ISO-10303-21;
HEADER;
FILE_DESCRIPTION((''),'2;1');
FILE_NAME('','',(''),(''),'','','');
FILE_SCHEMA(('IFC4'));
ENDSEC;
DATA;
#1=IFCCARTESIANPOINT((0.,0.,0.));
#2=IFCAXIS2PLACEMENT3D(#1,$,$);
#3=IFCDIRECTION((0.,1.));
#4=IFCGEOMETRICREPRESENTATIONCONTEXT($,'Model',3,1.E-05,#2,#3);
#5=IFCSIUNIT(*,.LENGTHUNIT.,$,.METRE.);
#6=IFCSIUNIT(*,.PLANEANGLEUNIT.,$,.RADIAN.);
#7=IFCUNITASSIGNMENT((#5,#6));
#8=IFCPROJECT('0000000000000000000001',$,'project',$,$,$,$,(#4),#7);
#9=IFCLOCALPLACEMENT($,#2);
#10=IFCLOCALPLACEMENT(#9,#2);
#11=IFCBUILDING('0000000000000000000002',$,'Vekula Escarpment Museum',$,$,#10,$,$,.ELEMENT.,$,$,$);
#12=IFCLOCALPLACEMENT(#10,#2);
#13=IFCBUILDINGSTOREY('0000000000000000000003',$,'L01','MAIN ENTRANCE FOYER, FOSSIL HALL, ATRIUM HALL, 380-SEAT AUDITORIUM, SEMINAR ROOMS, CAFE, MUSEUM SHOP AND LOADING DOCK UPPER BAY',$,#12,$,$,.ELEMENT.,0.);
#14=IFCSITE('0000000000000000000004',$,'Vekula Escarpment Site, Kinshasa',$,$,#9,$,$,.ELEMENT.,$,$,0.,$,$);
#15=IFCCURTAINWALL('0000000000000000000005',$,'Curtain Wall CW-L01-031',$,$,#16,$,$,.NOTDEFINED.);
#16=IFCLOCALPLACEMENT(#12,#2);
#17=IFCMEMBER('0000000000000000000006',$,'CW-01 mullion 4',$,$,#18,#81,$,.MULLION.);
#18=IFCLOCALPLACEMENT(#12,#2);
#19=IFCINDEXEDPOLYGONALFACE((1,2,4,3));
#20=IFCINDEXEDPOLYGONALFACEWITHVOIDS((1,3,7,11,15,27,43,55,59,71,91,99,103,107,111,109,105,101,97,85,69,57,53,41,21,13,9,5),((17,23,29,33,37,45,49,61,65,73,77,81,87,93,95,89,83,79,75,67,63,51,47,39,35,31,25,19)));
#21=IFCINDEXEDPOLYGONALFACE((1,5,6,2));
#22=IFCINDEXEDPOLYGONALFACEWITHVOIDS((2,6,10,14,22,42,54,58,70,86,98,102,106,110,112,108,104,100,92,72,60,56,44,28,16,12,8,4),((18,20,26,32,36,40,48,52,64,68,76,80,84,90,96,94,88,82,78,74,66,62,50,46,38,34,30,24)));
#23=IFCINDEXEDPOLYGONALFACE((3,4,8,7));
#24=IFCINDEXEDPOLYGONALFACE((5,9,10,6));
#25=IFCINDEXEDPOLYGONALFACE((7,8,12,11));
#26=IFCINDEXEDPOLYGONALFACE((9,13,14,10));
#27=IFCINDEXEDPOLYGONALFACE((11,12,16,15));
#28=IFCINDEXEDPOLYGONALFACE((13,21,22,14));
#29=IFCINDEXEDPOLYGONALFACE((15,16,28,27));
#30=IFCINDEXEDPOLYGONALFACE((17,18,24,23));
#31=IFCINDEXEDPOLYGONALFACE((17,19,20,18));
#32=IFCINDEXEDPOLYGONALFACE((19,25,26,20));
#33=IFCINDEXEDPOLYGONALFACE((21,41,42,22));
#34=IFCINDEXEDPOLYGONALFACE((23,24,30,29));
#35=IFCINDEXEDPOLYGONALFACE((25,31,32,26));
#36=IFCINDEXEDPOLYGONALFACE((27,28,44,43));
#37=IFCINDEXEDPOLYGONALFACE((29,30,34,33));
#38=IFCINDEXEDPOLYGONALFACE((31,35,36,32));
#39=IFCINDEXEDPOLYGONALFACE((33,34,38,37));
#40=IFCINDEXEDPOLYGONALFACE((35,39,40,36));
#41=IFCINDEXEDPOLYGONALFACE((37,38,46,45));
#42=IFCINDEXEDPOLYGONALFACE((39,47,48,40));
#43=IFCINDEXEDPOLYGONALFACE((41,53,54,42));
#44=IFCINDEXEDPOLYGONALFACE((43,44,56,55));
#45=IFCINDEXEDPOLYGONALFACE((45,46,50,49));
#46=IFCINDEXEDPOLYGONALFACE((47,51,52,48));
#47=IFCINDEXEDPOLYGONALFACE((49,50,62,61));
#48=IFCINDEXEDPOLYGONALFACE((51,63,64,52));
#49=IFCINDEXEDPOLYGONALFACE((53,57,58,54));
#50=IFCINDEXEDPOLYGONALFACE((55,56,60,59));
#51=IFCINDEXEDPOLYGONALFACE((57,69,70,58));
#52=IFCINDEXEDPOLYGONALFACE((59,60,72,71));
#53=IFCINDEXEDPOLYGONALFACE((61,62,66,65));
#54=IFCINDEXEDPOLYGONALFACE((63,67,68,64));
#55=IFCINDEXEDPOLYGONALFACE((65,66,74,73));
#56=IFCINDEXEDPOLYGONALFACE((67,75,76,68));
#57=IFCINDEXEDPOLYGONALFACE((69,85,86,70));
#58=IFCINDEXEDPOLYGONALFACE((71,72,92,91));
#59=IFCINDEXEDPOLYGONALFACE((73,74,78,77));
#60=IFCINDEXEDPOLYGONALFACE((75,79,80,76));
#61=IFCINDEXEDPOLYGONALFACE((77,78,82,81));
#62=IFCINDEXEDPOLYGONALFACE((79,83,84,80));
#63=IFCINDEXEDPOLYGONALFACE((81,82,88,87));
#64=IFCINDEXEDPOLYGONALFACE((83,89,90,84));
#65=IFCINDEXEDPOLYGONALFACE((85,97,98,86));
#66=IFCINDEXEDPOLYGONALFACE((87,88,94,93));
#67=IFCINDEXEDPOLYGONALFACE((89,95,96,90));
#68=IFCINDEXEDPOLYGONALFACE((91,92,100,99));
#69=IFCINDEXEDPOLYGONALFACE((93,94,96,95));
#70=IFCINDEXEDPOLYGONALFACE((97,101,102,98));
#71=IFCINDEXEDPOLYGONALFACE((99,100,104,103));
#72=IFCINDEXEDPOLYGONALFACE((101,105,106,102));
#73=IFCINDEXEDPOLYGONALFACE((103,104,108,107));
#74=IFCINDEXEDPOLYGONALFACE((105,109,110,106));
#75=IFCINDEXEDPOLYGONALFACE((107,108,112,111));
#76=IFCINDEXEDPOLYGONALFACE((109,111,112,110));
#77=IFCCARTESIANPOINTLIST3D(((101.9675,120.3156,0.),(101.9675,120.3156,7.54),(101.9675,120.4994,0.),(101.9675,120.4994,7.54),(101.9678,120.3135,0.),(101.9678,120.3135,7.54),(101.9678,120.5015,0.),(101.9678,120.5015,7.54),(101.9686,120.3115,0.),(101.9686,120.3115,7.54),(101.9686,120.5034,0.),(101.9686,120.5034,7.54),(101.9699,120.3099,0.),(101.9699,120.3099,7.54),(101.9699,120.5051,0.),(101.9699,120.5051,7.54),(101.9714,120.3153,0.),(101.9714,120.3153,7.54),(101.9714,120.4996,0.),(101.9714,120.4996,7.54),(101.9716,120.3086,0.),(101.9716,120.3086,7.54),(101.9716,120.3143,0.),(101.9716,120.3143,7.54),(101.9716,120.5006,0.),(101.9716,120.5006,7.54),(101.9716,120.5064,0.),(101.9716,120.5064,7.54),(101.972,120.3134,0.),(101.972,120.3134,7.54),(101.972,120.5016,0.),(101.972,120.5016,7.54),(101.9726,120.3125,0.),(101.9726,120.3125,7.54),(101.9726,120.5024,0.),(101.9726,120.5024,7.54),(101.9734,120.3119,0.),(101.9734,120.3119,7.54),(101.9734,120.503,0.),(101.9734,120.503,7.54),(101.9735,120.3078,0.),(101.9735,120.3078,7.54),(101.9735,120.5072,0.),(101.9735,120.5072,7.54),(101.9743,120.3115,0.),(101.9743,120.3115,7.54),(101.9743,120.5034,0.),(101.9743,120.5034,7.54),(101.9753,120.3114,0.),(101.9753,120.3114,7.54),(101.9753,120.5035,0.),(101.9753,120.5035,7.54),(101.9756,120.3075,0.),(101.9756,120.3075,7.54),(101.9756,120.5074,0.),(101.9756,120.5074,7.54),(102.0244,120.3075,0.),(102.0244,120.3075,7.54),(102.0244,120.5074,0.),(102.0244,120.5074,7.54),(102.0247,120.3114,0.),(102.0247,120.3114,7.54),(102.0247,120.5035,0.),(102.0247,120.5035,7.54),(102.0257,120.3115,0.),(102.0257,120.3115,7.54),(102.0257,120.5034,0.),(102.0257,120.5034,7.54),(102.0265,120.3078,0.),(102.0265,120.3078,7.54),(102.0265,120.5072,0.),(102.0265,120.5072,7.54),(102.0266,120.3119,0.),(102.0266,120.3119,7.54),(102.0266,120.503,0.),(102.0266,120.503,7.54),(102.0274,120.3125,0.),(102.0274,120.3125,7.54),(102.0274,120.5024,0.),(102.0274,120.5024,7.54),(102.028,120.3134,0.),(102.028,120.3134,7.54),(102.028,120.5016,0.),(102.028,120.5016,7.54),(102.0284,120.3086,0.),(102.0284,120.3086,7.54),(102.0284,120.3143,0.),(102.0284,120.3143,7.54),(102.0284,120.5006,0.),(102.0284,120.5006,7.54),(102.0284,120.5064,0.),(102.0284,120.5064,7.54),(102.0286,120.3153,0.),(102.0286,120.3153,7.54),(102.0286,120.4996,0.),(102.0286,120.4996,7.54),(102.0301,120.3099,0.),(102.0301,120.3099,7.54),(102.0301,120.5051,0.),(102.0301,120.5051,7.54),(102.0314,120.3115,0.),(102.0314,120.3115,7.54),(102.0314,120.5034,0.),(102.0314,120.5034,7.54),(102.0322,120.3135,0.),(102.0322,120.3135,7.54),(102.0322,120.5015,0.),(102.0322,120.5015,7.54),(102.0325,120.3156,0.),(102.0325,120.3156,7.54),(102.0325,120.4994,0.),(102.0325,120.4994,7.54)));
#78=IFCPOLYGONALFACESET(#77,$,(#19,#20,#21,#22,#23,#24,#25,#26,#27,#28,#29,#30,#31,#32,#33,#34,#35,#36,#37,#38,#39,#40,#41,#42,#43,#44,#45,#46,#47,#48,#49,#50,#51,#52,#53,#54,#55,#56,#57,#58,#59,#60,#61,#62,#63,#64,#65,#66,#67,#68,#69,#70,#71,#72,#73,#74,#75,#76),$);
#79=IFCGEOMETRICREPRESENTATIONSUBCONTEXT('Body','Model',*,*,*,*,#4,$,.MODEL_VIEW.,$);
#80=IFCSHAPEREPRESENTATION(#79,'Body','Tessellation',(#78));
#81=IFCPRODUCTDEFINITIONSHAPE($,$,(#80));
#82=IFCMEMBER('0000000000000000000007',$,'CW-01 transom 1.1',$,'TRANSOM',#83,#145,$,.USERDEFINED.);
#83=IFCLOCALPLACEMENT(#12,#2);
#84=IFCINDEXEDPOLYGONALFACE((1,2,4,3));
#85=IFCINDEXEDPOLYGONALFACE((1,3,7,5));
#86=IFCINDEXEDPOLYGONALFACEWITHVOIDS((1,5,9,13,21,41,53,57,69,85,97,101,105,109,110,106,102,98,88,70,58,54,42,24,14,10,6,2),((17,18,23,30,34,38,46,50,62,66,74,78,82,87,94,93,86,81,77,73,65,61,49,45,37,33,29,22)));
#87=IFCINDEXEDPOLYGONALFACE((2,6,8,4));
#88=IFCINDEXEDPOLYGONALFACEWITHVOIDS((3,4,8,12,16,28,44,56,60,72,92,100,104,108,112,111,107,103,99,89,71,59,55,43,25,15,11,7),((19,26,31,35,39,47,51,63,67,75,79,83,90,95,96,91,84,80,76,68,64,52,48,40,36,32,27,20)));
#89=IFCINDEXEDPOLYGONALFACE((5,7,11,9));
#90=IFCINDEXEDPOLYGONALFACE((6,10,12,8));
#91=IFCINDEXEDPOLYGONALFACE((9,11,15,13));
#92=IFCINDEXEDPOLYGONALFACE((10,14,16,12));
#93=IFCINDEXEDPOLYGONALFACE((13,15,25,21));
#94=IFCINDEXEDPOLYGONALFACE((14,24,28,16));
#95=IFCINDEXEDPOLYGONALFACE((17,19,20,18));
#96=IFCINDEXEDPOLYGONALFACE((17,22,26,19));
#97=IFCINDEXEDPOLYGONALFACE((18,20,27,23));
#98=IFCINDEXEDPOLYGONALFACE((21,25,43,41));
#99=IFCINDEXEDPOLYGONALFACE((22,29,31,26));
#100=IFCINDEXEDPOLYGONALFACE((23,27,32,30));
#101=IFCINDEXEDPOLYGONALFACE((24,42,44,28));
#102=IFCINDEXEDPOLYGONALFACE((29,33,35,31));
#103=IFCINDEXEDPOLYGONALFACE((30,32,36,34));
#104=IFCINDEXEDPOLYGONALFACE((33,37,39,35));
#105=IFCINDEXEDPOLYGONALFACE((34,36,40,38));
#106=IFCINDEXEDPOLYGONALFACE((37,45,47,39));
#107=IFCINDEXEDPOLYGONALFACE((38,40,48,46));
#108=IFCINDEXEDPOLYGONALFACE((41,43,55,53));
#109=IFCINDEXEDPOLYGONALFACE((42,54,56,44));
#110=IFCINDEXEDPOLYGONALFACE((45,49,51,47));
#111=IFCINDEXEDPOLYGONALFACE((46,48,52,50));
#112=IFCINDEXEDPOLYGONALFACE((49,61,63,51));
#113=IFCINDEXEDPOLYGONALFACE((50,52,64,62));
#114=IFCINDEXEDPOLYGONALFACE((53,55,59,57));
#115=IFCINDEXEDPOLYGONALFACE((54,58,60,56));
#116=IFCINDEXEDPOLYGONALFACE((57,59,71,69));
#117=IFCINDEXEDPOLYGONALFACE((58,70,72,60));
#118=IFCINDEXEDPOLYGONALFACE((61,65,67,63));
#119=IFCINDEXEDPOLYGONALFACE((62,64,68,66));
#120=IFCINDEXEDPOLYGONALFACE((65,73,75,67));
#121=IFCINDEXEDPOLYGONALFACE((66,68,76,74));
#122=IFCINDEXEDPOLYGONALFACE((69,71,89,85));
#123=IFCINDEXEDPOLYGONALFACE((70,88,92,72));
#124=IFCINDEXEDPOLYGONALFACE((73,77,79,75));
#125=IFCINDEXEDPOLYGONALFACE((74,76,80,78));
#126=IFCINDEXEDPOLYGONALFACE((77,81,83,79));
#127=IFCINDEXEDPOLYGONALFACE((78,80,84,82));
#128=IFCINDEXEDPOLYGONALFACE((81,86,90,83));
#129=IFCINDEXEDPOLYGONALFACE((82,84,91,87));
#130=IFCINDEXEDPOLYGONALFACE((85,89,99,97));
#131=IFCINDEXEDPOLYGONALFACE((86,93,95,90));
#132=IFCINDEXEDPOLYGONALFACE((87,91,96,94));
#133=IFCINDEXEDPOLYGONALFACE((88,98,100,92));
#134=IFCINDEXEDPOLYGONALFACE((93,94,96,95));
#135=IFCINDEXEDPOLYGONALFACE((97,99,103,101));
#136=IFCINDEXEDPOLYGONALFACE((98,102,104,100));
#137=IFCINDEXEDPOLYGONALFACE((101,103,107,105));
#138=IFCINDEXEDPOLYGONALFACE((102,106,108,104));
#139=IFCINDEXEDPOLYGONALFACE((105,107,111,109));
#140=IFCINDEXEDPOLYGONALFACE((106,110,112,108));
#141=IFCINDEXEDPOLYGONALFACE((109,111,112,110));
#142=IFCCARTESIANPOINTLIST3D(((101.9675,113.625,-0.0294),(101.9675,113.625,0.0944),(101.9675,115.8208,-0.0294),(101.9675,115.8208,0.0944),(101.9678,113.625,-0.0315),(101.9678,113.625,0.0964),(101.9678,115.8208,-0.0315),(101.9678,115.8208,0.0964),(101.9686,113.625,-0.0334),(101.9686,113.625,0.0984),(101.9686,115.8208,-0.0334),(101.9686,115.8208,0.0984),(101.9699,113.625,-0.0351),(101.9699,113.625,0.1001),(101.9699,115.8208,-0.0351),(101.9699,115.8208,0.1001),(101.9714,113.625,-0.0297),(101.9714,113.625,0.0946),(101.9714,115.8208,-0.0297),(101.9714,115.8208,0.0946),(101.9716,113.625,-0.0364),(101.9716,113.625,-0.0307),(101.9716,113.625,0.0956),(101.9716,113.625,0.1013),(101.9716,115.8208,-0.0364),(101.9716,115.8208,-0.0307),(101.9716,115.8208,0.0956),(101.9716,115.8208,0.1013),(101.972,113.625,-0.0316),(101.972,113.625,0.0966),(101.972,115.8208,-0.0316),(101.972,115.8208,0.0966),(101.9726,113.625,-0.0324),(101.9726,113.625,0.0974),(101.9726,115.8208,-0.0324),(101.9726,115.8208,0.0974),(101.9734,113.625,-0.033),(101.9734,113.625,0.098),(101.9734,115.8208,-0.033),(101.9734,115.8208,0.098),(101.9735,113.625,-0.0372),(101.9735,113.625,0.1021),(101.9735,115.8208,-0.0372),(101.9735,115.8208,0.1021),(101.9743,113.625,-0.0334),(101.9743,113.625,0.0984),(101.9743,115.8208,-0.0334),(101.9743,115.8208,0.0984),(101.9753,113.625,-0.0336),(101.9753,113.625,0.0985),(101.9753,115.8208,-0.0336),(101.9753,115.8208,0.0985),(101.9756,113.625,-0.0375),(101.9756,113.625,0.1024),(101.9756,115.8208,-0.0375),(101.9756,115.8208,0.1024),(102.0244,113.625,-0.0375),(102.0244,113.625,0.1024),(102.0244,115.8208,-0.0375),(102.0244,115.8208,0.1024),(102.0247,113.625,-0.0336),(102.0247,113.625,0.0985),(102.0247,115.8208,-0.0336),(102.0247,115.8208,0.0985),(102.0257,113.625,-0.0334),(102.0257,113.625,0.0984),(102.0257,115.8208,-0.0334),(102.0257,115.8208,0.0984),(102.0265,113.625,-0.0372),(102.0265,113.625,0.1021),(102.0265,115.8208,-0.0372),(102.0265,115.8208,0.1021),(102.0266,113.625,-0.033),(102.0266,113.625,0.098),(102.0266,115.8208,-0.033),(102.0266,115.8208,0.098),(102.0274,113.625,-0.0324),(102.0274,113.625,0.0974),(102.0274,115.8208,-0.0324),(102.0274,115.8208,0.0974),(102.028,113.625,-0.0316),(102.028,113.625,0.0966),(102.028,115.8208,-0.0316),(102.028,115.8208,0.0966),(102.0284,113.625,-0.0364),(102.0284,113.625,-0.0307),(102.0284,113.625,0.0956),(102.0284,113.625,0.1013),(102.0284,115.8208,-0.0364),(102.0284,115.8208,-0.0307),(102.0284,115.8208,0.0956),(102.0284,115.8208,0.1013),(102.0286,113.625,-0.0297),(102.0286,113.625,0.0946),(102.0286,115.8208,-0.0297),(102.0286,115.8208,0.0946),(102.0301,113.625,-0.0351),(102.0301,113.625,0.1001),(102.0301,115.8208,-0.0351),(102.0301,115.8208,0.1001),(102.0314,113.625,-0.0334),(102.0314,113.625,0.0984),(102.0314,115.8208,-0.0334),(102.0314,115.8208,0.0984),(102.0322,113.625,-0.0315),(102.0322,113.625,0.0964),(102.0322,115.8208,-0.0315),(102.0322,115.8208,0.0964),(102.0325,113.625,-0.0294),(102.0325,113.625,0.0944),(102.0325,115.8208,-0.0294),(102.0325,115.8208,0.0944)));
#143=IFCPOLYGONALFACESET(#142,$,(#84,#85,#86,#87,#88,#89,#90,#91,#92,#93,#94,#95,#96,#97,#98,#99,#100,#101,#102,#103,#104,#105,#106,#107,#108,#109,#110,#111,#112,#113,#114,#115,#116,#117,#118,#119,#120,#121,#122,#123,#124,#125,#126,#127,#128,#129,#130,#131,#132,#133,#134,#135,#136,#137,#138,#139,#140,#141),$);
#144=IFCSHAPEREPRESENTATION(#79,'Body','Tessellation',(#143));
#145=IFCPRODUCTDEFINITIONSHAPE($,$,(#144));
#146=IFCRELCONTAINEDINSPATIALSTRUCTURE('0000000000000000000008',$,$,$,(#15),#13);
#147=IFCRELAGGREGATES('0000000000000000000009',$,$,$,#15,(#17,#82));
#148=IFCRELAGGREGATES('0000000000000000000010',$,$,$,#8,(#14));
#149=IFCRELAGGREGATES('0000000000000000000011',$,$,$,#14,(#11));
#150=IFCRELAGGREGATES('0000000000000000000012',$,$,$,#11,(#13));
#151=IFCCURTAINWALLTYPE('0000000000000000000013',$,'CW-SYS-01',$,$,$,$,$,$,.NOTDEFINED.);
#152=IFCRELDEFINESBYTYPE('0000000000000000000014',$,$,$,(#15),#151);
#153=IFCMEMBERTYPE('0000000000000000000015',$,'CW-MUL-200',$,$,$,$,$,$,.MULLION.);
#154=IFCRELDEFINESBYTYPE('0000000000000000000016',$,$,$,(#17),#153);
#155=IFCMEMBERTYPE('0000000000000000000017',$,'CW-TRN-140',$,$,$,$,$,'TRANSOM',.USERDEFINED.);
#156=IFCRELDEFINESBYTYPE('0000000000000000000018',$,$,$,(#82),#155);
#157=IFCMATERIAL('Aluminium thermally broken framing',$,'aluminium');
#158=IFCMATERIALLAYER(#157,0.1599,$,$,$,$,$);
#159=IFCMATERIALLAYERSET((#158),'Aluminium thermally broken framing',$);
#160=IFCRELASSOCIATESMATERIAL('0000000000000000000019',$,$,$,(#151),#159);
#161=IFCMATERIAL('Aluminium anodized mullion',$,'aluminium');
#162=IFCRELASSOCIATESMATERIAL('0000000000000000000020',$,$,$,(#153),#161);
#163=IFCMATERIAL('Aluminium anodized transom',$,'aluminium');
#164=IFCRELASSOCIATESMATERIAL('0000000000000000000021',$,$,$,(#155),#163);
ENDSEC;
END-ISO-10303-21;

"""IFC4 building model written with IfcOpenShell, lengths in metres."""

from ifc_helpers import new_model, si_unit, direction, frame, origin, origin_2d, place, context, subcontext, project, spatial, hollow_rectangle, extrude, material, layer, layer_set, material_profile, profile_set, type_object, element, aggregate, save


model = new_model("IFC4")

# Units and contexts
model_context = context("Model", 3, precision=1e-05, world=origin(), true_north=direction((0.0, 1.0)))
body_context = subcontext(model_context, "Body", "Model", "MODEL_VIEW")
ifc_project = project(units=[si_unit("LENGTHUNIT", "METRE"), si_unit("PLANEANGLEUNIT", "RADIAN")], contexts=[model_context])

# Site, building, storey
site_placement = place(None, origin())
site = spatial("IfcSite", under=ifc_project, at=site_placement, Name="Vekula Escarpment Site, Kinshasa", CompositionType="ELEMENT", RefElevation=0.0)
building_placement = place(site_placement, origin())
building = spatial("IfcBuilding", under=site, at=building_placement, Name="Vekula Escarpment Museum", CompositionType="ELEMENT")
storey_placement = place(building_placement, origin())
storey = spatial("IfcBuildingStorey", under=building, at=storey_placement, Name="L01", Description="MAIN ENTRANCE FOYER, FOSSIL HALL, ATRIUM HALL, 380-SEAT AUDITORIUM, SEMINAR ROOMS, CAFE, MUSEUM SHOP AND LOADING DOCK UPPER BAY", CompositionType="ELEMENT", Elevation=0.0)

# Curtain wall, members
ifc_material_1 = material(Name="Aluminium thermally broken framing", Category="aluminium")
ifc_layer_1 = layer(ifc_material_1, 0.1599)
ifc_layer_set_1 = layer_set([ifc_layer_1], Name="Aluminium thermally broken framing")
curtain_wall_type = type_object("IfcCurtainWallType", Name="CW-SYS-01", PredefinedType="NOTDEFINED", material=ifc_layer_set_1)
curtain_wall_placement = place(storey_placement, origin())
curtain_wall = element("IfcCurtainWall", 1, at=curtain_wall_placement, inside=storey, type_object=curtain_wall_type, Name="Curtain Wall CW-L01-031", PredefinedType="NOTDEFINED")
ifc_material_2 = material(Name="Aluminium anodized mullion", Category="aluminium")
ifc_material_profile_1 = material_profile(ifc_material_2, hollow_rectangle(XDim=0.0649, YDim=0.2, WallThickness=0.0039, InnerFilletRadius=0.0039, OuterFilletRadius=0.0081, at=origin_2d()), Name="ALU 200x65x4")
ifc_profile_set_1 = profile_set([ifc_material_profile_1], Name="Aluminium anodized mullion")
member_type_1 = type_object("IfcMemberType", Name="CW-MUL-200", PredefinedType="MULLION", material=ifc_profile_set_1)
member_1_placement = place(storey_placement, frame((102.0, 120.4075, 0.0), z_axis=(0.0, 0.0, 1.0), x_axis=(-1.0, 0.0, 0.0)))
member_1 = element("IfcMember", 2, at=member_1_placement, type_object=member_type_1, Name="CW-01 mullion 4", PredefinedType="MULLION", context=body_context, shape_type="SweptSolid", body=[
    extrude(hollow_rectangle(XDim=0.0649, YDim=0.2, WallThickness=0.0039, InnerFilletRadius=0.0039, OuterFilletRadius=0.0081, at=origin_2d()), origin(), (0.0, 0.0, 1.0), 7.54),
])
ifc_material_3 = material(Name="Aluminium anodized transom", Category="aluminium")
ifc_material_profile_2 = material_profile(ifc_material_3, hollow_rectangle(XDim=0.0649, YDim=0.1399, WallThickness=0.0039, InnerFilletRadius=0.0039, OuterFilletRadius=0.0081, at=origin_2d()), Name="ALU 140x65x4")
ifc_profile_set_2 = profile_set([ifc_material_profile_2], Name="Aluminium anodized transom")
member_type_2 = type_object("IfcMemberType", Name="CW-TRN-140", ElementType="TRANSOM", PredefinedType="USERDEFINED", material=ifc_profile_set_2)
member_2_placement = place(storey_placement, frame((102.0, 113.625, 0.0325), z_axis=(0.0, 1.0, 0.0), x_axis=(-1.0, 0.0, 0.0)))
member_2 = element("IfcMember", 3, at=member_2_placement, type_object=member_type_2, Name="CW-01 transom 1.1", ObjectType="TRANSOM", PredefinedType="USERDEFINED", context=body_context, shape_type="SweptSolid", body=[
    extrude(hollow_rectangle(XDim=0.0649, YDim=0.1399, WallThickness=0.0039, InnerFilletRadius=0.0039, OuterFilletRadius=0.0081, at=origin_2d()), origin(), (0.0, 0.0, 1.0), 2.1958),
])
aggregate(curtain_wall, [member_1, member_2])

save(model, "model.ifc")
